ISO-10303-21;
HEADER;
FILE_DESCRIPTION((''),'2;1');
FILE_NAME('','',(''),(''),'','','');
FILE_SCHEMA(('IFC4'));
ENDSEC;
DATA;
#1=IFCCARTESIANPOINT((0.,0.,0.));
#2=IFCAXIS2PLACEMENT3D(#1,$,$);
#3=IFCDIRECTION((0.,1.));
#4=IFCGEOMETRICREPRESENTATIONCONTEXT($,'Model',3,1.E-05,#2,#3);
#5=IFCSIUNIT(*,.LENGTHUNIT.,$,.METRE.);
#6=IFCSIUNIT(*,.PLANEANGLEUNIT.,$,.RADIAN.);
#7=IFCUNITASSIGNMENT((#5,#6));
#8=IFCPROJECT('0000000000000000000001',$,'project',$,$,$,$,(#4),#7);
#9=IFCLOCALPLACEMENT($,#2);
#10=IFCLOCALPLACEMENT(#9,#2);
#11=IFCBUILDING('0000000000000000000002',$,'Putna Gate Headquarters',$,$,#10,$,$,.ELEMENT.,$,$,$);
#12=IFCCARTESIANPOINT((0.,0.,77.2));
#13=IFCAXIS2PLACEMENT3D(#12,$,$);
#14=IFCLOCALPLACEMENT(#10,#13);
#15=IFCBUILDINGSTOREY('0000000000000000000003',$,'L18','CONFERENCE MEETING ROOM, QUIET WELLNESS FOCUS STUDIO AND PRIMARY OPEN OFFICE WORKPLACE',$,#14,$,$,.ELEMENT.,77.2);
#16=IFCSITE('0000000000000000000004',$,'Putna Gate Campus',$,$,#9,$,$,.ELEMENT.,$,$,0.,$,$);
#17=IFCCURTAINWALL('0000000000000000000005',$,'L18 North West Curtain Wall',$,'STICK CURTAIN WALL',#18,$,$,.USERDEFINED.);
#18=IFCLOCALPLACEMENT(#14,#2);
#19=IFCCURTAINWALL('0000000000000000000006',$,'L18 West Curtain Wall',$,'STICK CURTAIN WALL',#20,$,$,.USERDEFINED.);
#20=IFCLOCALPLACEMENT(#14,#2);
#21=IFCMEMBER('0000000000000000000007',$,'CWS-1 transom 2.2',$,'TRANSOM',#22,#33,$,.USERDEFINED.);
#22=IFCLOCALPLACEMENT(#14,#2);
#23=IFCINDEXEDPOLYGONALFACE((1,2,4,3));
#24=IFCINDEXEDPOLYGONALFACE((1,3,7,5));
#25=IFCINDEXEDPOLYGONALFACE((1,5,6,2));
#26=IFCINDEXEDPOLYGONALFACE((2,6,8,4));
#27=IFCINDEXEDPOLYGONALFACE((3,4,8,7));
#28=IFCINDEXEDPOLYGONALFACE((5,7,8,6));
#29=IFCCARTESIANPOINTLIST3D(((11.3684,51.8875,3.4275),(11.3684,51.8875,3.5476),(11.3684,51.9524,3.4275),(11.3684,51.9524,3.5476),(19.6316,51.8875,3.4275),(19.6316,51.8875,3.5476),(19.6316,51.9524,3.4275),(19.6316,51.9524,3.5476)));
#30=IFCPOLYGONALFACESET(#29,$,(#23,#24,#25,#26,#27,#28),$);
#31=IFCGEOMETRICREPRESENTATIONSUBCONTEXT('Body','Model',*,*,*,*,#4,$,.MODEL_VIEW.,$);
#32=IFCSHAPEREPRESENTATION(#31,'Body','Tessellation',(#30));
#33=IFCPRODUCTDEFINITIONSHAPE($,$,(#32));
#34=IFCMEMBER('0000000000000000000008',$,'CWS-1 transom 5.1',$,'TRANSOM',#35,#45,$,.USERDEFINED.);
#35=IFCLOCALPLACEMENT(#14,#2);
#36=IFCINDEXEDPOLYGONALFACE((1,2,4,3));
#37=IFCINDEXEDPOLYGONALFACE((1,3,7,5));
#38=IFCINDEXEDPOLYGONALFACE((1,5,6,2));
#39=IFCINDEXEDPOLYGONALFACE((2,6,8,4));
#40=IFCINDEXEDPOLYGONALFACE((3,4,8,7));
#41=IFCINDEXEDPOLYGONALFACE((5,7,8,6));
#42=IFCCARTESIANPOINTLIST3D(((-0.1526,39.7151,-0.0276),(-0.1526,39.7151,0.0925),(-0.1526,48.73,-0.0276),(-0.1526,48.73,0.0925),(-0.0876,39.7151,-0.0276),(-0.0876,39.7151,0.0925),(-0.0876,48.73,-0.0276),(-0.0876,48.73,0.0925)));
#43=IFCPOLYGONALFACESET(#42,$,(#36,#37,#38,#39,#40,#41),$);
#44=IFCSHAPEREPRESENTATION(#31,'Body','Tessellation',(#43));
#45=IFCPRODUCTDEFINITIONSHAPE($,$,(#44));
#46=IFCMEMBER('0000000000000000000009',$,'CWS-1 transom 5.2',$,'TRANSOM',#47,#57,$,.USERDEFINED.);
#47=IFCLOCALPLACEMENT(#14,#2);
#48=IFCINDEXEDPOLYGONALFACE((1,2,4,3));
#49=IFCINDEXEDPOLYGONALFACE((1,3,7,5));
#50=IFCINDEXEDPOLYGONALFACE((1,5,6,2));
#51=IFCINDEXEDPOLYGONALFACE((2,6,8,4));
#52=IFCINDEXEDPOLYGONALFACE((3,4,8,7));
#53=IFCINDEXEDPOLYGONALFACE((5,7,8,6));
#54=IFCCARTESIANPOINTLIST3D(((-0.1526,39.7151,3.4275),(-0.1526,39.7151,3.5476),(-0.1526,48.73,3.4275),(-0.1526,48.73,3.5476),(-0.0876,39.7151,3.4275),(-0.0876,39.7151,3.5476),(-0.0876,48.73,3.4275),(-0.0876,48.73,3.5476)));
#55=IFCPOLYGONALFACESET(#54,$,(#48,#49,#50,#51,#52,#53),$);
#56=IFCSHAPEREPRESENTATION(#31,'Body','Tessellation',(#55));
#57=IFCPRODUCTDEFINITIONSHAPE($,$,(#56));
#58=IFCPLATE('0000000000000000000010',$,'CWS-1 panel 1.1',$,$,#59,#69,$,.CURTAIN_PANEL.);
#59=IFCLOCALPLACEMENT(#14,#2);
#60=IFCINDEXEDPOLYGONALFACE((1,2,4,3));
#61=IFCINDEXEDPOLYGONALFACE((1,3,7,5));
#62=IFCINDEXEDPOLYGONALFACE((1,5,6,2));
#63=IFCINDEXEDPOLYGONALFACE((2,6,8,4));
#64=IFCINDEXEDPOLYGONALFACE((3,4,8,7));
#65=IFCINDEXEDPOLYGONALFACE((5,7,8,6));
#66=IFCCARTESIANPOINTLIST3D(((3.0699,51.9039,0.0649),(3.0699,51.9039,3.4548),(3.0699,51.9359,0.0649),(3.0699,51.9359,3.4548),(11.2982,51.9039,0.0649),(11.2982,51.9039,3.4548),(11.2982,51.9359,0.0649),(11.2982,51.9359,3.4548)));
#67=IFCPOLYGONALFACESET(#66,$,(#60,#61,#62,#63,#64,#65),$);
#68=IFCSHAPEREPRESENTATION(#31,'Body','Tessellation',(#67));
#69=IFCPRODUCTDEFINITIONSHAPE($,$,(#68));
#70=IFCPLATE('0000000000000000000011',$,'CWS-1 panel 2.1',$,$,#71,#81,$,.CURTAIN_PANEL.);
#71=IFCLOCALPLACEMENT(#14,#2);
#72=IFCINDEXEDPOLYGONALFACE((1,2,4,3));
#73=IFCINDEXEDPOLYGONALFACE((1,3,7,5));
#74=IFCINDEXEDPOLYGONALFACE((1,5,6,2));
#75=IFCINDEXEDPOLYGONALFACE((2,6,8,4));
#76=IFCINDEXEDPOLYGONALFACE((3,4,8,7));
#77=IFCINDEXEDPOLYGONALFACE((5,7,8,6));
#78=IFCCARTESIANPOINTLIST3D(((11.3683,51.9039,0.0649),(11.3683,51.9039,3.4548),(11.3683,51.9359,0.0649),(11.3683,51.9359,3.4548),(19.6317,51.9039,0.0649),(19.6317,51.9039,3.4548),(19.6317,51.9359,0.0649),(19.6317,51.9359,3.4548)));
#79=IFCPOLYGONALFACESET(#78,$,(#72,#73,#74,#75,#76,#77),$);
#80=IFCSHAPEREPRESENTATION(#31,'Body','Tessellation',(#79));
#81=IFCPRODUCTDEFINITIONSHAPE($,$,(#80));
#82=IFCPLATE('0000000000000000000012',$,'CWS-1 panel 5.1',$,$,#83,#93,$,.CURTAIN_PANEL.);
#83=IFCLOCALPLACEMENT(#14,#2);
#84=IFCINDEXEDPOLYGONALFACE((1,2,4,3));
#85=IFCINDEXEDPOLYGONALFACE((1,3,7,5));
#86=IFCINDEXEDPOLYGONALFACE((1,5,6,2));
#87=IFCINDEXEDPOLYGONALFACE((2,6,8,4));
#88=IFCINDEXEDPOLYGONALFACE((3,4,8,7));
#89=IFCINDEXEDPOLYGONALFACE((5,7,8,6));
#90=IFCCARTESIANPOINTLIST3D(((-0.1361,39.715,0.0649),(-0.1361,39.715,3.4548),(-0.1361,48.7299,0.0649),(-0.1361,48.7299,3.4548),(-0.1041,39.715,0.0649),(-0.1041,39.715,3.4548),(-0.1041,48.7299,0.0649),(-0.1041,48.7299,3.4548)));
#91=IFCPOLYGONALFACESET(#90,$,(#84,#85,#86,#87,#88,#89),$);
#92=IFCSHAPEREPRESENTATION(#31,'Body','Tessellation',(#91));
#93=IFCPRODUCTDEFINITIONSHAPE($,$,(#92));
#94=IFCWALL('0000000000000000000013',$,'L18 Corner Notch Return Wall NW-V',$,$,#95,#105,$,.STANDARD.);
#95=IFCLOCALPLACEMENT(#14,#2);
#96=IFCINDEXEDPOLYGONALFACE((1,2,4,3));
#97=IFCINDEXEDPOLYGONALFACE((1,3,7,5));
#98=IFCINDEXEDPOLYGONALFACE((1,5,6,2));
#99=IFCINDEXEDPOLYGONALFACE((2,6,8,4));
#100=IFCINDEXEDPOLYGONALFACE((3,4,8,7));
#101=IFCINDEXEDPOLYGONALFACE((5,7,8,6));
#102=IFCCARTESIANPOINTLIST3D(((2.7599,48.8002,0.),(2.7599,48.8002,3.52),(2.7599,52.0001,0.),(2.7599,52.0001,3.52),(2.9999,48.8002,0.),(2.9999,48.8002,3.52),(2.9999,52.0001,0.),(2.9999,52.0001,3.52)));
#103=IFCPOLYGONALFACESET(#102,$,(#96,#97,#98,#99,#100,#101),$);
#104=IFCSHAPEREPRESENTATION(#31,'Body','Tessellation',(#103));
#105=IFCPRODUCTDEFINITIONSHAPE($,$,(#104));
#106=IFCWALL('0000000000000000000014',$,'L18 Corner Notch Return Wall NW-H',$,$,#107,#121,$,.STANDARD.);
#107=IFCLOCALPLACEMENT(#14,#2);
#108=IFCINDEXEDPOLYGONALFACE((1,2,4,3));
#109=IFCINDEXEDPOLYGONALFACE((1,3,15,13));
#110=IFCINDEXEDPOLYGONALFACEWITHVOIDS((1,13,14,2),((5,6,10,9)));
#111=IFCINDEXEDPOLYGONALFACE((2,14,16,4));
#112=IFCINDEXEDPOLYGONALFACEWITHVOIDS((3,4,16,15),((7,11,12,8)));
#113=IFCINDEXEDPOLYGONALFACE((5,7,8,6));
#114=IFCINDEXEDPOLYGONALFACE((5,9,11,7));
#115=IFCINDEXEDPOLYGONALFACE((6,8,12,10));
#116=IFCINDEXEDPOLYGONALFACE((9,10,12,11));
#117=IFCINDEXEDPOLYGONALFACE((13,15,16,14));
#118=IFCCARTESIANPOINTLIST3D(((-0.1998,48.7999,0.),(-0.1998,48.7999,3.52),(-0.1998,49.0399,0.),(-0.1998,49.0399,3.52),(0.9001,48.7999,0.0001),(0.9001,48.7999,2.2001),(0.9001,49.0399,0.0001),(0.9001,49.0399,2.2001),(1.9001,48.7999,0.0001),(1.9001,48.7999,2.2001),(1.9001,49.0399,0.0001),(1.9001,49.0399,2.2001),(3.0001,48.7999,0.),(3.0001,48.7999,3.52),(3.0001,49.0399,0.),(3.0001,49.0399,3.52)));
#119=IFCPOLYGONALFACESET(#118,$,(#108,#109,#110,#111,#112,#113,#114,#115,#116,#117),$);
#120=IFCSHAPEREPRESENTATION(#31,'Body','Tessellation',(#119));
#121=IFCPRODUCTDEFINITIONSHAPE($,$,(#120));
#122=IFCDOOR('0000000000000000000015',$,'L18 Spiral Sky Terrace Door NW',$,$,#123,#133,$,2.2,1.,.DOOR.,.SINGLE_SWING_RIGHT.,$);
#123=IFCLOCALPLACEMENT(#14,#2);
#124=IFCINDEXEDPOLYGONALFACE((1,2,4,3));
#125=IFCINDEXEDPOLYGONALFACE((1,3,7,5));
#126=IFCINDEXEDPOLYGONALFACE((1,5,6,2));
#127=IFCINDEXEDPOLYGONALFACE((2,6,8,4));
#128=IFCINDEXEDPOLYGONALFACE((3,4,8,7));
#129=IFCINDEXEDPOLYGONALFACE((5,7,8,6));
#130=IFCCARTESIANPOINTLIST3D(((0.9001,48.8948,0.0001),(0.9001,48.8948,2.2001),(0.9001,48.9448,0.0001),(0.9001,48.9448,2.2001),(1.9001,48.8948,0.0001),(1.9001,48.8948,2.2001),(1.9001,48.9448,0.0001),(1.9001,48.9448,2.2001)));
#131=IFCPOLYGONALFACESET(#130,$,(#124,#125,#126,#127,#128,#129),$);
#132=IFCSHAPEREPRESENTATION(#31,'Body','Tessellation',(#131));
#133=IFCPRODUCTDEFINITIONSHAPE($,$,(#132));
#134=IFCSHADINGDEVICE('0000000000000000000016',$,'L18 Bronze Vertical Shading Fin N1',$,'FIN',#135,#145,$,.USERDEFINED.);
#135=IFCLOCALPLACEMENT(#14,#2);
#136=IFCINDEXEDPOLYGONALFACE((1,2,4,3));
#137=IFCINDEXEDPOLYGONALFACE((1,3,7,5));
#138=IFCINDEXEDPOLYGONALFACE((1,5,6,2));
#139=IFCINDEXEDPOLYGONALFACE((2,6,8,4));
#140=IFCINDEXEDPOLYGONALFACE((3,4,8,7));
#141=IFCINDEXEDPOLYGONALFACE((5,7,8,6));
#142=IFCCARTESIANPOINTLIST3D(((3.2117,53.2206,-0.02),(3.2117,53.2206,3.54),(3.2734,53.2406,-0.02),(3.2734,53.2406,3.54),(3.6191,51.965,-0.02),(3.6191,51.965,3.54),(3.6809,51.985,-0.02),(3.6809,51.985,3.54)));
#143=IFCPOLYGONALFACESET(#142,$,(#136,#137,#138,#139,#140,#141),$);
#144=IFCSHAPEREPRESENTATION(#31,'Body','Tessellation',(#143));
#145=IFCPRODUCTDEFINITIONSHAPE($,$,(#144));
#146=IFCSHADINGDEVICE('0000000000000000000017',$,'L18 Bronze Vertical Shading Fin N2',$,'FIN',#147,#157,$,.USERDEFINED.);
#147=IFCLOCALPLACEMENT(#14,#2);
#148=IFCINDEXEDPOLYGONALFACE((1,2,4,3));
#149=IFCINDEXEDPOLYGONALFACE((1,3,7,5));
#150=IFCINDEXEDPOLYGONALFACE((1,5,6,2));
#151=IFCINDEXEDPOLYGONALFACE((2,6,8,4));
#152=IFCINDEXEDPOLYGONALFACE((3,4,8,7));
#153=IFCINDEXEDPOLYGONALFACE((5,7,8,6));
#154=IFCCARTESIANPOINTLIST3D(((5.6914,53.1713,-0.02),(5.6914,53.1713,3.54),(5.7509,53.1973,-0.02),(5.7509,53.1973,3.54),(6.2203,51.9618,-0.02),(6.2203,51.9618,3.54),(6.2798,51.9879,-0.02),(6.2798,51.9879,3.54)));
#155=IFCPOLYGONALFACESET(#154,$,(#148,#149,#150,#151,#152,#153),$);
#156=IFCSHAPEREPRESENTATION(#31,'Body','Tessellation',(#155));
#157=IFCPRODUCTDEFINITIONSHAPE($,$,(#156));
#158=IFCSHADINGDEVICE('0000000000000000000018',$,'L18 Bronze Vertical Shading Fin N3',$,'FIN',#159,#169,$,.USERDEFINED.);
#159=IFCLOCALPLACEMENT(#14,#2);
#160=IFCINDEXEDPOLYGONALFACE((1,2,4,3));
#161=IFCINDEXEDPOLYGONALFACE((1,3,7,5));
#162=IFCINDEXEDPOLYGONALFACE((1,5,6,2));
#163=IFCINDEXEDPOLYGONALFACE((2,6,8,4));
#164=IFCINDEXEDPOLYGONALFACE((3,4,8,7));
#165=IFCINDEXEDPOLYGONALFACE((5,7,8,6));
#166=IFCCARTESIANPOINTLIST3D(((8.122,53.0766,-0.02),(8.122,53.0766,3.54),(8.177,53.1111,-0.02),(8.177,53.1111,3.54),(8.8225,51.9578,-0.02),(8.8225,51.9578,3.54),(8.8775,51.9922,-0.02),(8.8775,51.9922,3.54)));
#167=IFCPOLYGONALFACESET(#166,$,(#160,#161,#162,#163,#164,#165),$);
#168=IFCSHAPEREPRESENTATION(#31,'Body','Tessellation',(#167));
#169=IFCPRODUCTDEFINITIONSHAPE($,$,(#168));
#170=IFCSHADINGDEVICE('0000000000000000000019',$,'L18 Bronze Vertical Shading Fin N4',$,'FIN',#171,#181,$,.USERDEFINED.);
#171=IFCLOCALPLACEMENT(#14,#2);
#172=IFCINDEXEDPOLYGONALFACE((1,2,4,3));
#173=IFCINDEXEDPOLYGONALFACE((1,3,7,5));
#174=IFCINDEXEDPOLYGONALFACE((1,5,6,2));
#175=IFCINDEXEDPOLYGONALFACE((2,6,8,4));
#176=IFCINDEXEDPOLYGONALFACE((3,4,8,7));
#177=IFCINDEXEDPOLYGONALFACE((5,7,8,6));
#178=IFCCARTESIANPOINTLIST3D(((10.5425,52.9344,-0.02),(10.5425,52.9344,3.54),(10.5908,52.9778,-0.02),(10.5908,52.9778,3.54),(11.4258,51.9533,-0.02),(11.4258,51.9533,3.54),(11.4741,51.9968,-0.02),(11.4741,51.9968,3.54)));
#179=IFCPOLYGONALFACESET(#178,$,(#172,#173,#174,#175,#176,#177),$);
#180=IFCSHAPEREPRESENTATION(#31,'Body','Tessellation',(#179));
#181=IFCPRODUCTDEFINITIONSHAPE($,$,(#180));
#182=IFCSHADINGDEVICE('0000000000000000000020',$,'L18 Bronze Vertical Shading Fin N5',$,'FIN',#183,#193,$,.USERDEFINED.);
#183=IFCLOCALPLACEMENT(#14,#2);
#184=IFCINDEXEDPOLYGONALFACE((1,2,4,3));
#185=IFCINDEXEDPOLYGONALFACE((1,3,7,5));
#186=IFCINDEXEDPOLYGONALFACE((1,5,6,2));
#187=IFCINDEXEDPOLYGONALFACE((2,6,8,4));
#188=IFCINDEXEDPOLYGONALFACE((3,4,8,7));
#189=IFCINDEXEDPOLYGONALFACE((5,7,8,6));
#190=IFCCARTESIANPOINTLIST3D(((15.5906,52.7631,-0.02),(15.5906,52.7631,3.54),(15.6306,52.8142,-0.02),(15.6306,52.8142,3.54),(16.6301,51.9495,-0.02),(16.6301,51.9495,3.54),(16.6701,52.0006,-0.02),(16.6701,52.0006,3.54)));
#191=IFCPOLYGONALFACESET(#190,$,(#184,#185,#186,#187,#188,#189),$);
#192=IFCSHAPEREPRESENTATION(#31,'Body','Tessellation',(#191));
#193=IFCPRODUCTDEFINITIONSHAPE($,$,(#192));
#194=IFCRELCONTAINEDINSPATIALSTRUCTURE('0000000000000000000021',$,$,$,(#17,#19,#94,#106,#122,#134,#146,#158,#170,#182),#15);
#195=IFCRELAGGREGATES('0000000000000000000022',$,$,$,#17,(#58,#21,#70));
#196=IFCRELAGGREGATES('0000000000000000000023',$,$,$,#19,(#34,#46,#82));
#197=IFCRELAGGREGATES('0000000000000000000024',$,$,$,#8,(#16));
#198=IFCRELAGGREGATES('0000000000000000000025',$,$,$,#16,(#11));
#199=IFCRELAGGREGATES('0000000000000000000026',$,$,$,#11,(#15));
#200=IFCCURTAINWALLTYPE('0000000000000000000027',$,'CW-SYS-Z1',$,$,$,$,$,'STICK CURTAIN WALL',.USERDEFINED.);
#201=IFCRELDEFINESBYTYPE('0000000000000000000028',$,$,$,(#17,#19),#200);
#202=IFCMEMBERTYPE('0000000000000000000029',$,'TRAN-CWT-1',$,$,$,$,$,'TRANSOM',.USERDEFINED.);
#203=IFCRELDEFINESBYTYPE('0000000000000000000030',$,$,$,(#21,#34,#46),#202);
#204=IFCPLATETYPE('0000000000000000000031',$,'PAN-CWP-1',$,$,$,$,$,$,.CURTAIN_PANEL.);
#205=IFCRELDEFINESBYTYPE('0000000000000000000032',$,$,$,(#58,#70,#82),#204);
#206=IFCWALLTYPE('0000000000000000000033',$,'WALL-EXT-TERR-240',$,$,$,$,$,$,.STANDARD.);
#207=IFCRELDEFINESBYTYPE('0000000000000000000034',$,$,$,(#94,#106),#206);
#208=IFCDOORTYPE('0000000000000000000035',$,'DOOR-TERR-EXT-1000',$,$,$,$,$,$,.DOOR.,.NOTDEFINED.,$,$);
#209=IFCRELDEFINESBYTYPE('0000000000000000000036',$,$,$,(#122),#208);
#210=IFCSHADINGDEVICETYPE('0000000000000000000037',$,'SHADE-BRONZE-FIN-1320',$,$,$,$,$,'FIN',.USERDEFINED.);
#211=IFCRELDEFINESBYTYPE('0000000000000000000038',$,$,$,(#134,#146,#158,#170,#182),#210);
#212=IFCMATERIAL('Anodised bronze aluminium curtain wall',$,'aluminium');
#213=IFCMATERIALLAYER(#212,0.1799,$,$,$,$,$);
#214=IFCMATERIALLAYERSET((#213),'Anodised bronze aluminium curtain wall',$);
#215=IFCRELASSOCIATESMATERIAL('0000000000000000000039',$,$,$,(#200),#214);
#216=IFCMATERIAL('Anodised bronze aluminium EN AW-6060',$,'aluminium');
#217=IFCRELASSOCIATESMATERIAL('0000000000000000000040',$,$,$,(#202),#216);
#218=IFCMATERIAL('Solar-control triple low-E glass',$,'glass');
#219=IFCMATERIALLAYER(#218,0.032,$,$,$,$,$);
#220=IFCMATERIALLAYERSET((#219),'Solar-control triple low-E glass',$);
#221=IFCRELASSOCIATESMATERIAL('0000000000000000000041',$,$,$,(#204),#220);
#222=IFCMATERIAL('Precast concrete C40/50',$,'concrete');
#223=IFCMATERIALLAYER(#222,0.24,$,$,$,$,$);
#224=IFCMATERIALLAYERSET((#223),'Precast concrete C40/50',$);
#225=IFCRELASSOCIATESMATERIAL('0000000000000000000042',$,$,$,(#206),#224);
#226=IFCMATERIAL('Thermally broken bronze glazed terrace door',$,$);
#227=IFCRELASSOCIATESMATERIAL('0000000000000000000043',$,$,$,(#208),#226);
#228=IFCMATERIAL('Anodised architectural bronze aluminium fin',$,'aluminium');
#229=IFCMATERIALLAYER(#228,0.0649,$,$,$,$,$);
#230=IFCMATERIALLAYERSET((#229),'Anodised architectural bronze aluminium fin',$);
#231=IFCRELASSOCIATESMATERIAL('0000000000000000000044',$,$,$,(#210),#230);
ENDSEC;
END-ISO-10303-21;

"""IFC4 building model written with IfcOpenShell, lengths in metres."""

from ifc_helpers import new_model, si_unit, direction, frame, frame_2d, origin, origin_2d, place, context, subcontext, project, spatial, rectangle, extrude, material, layer, layer_set, material_profile, profile_set, type_object, element, fill, aggregate, save


model = new_model("IFC4")

# Units and contexts
model_context = context("Model", 3, precision=1e-05, world=origin(), true_north=direction((0.0, 1.0)))
body_context = subcontext(model_context, "Body", "Model", "MODEL_VIEW")
ifc_project = project(units=[si_unit("LENGTHUNIT", "METRE"), si_unit("PLANEANGLEUNIT", "RADIAN")], contexts=[model_context])

# Site, building, storey
site_placement = place(None, origin())
site = spatial("IfcSite", under=ifc_project, at=site_placement, Name="Putna Gate Campus", CompositionType="ELEMENT", RefElevation=0.0)
building_placement = place(site_placement, origin())
building = spatial("IfcBuilding", under=site, at=building_placement, Name="Putna Gate Headquarters", CompositionType="ELEMENT")
storey_placement = place(building_placement, frame((0.0, 0.0, 77.2)))
storey = spatial("IfcBuildingStorey", under=building, at=storey_placement, Name="L18", Description="CONFERENCE MEETING ROOM, QUIET WELLNESS FOCUS STUDIO AND PRIMARY OPEN OFFICE WORKPLACE", CompositionType="ELEMENT", Elevation=77.2)

# Curtain wall
ifc_material_1 = material(Name="Anodised bronze aluminium curtain wall", Category="aluminium")
ifc_layer_1 = layer(ifc_material_1, 0.1799)
ifc_layer_set_1 = layer_set([ifc_layer_1], Name="Anodised bronze aluminium curtain wall")
curtain_wall_type = type_object("IfcCurtainWallType", Name="CW-SYS-Z1", ElementType="STICK CURTAIN WALL", PredefinedType="USERDEFINED", material=ifc_layer_set_1)
curtain_wall_1_placement = place(storey_placement, origin())
curtain_wall_1 = element("IfcCurtainWall", 1, at=curtain_wall_1_placement, inside=storey, type_object=curtain_wall_type, Name="L18 North West Curtain Wall", ObjectType="STICK CURTAIN WALL", PredefinedType="USERDEFINED")
ifc_material_2 = material(Name="Anodised bronze aluminium EN AW-6060", Category="aluminium")

# Curtain wall
curtain_wall_2_placement = place(storey_placement, origin())
curtain_wall_2 = element("IfcCurtainWall", 2, at=curtain_wall_2_placement, inside=storey, type_object=curtain_wall_type, Name="L18 West Curtain Wall", ObjectType="STICK CURTAIN WALL", PredefinedType="USERDEFINED")

# Members
ifc_material_profile_1 = material_profile(ifc_material_2, rectangle(XDim=0.0649, YDim=0.1201, at=origin_2d()), Name="Anodised bronze aluminium EN AW-6060")
ifc_profile_set_1 = profile_set([ifc_material_profile_1], Name="Anodised bronze aluminium EN AW-6060")
member_type_1 = type_object("IfcMemberType", Name="TRAN-CWT-1", ElementType="TRANSOM", PredefinedType="USERDEFINED", material=ifc_profile_set_1)
member_1_placement = place(storey_placement, frame((11.3684, 51.9199, 3.4875), z_axis=(1.0, 0.0, 0.0), x_axis=(0.0, 1.0, 0.0)))
member_1 = element("IfcMember", 3, at=member_1_placement, type_object=member_type_1, Name="CWS-1 transom 2.2", ObjectType="TRANSOM", PredefinedType="USERDEFINED", context=body_context, shape_type="SweptSolid", body=[
    extrude(rectangle(XDim=0.0649, YDim=0.1201, at=origin_2d()), origin(), (0.0, 0.0, 1.0), 8.2632),
])
member_2_placement = place(storey_placement, frame((-0.1201, 39.7151, 0.0325), z_axis=(0.0, 1.0, 0.0), x_axis=(-1.0, 0.0, 0.0)))
member_2 = element("IfcMember", 4, at=member_2_placement, type_object=member_type_1, Name="CWS-1 transom 5.1", ObjectType="TRANSOM", PredefinedType="USERDEFINED", context=body_context, shape_type="SweptSolid", body=[
    extrude(rectangle(XDim=0.0649, YDim=0.1201, at=origin_2d()), origin(), (0.0, 0.0, 1.0), 9.0149),
])
member_3_placement = place(storey_placement, frame((-0.1201, 39.7151, 3.4875), z_axis=(0.0, 1.0, 0.0), x_axis=(-1.0, 0.0, 0.0)))
member_3 = element("IfcMember", 5, at=member_3_placement, type_object=member_type_1, Name="CWS-1 transom 5.2", ObjectType="TRANSOM", PredefinedType="USERDEFINED", context=body_context, shape_type="SweptSolid", body=[
    extrude(rectangle(XDim=0.0649, YDim=0.1201, at=origin_2d()), origin(), (0.0, 0.0, 1.0), 9.0149),
])

# Plates
ifc_material_3 = material(Name="Solar-control triple low-E glass", Category="glass")
ifc_layer_2 = layer(ifc_material_3, 0.032)
ifc_layer_set_2 = layer_set([ifc_layer_2], Name="Solar-control triple low-E glass")
plate_type = type_object("IfcPlateType", Name="PAN-CWP-1", PredefinedType="CURTAIN_PANEL", material=ifc_layer_set_2)
plate_1_placement = place(storey_placement, frame((7.1841, 51.9199, 0.0649), z_axis=(0.0, 0.0, 1.0), x_axis=(1.0, 0.0, 0.0)))
plate_1 = element("IfcPlate", 6, at=plate_1_placement, type_object=plate_type, Name="CWS-1 panel 1.1", PredefinedType="CURTAIN_PANEL", context=body_context, shape_type="SweptSolid", body=[
    extrude(rectangle(XDim=8.2283, YDim=0.032, at=origin_2d()), origin(), (0.0, 0.0, 1.0), 3.3899),
])
plate_2_placement = place(storey_placement, frame((15.5, 51.9199, 0.0649), z_axis=(0.0, 0.0, 1.0), x_axis=(1.0, 0.0, 0.0)))
plate_2 = element("IfcPlate", 7, at=plate_2_placement, type_object=plate_type, Name="CWS-1 panel 2.1", PredefinedType="CURTAIN_PANEL", context=body_context, shape_type="SweptSolid", body=[
    extrude(rectangle(XDim=8.2634, YDim=0.032, at=origin_2d()), origin(), (0.0, 0.0, 1.0), 3.3899),
])
aggregate(curtain_wall_1, [plate_1, member_1, plate_2])
plate_3_placement = place(storey_placement, frame((-0.1201, 44.2224, 0.0649), z_axis=(0.0, 0.0, 1.0), x_axis=(0.0, 1.0, 0.0)))
plate_3 = element("IfcPlate", 8, at=plate_3_placement, type_object=plate_type, Name="CWS-1 panel 5.1", PredefinedType="CURTAIN_PANEL", context=body_context, shape_type="SweptSolid", body=[
    extrude(rectangle(XDim=9.0149, YDim=0.032, at=origin_2d()), origin(), (0.0, 0.0, 1.0), 3.3899),
])
aggregate(curtain_wall_2, [member_2, member_3, plate_3])

# Wall
ifc_material_4 = material(Name="Precast concrete C40/50", Category="concrete")
ifc_layer_3 = layer(ifc_material_4, 0.24)
ifc_layer_set_3 = layer_set([ifc_layer_3], Name="Precast concrete C40/50")
wall_type = type_object("IfcWallType", Name="WALL-EXT-TERR-240", PredefinedType="STANDARD", material=ifc_layer_set_3)
wall_1_placement = place(storey_placement, frame((2.8799, 48.8, 0.0), z_axis=(0.0, 0.0, 1.0), x_axis=(0.0, 1.0, 0.0)))
element("IfcWall", 9, at=wall_1_placement, inside=storey, type_object=wall_type, Name="L18 Corner Notch Return Wall NW-V", PredefinedType="STANDARD", context=body_context, shape_type="SweptSolid", body=[
    extrude(rectangle(XDim=3.2, YDim=0.24, at=frame_2d((1.6001, 0.0))), origin(), (0.0, 0.0, 1.0), 3.52),
])

# Wall, opening, door
wall_2_placement = place(storey_placement, frame((-0.2, 48.9199, 0.0), z_axis=(0.0, 0.0, 1.0), x_axis=(1.0, 0.0, 0.0)))
wall_2 = element("IfcWall", 10, at=wall_2_placement, inside=storey, type_object=wall_type, Name="L18 Corner Notch Return Wall NW-H", PredefinedType="STANDARD", context=body_context, shape_type="SweptSolid", body=[
    extrude(rectangle(XDim=3.2, YDim=0.24, at=frame_2d((1.6001, 0.0))), origin(), (0.0, 0.0, 1.0), 3.52),
])
opening_placement = place(wall_2_placement, frame((1.1001, 0.0, 0.0)))
opening = element("IfcOpeningElement", 11, at=opening_placement, cuts=wall_2, PredefinedType="OPENING", context=body_context, shape_type="SweptSolid", body=[
    extrude(rectangle(XDim=1.0, YDim=2.2, at=frame_2d((0.5, 1.1001))), frame((0.0, 0.1299, 0.0), z_axis=(0.0, -1.0, 0.0), x_axis=(1.0, 0.0, 0.0)), (0.0, 0.0, 1.0), 0.26),
])
ifc_material_5 = material(Name="Thermally broken bronze glazed terrace door")
door_type = type_object("IfcDoorType", Name="DOOR-TERR-EXT-1000", OperationType="NOTDEFINED", PredefinedType="DOOR", material=ifc_material_5)
door_placement = place(opening_placement, origin())
door = element("IfcDoor", 12, at=door_placement, inside=storey, type_object=door_type, Name="L18 Spiral Sky Terrace Door NW", OperationType="SINGLE_SWING_RIGHT", OverallHeight=2.2, OverallWidth=1.0, PredefinedType="DOOR", context=body_context, shape_type="SweptSolid", body=[
    extrude(rectangle(XDim=1.0, YDim=2.2, at=frame_2d((0.5, 1.1001))), frame((0.0, 0.0249, 0.0), z_axis=(0.0, -1.0, 0.0), x_axis=(1.0, 0.0, 0.0)), (0.0, 0.0, 1.0), 0.05),
])
fill(opening, door)

# Shading devices
ifc_material_6 = material(Name="Anodised architectural bronze aluminium fin", Category="aluminium")
ifc_layer_4 = layer(ifc_material_6, 0.0649)
ifc_layer_set_4 = layer_set([ifc_layer_4], Name="Anodised architectural bronze aluminium fin")
shading_device_type = type_object("IfcShadingDeviceType", Name="SHADE-BRONZE-FIN-1320", ElementType="FIN", PredefinedType="USERDEFINED", material=ifc_layer_set_4)
for number, where, z_axis, x_axis, name in (
    (13, (3.4463, 52.6028, -0.02), (0.0, 0.0, 1.0), (-0.308685, 0.951164, 0.0), "L18 Bronze Vertical Shading Fin N1"),
    (14, (5.9856, 52.5796, -0.02), (0.0, 0.0, 1.0), (-0.400669, 0.916223, 0.0), "L18 Bronze Vertical Shading Fin N2"),
    (15, (8.4998, 52.5344, -0.02), (0.0, 0.0, 1.0), (-0.530659, 0.847585, 0.0), "L18 Bronze Vertical Shading Fin N3"),
    (16, (11.0083, 52.4656, -0.02), (0.0, 0.0, 1.0), (-0.669131, 0.743145, 0.0), "L18 Bronze Vertical Shading Fin N4"),
    (17, (16.1304, 52.3818, -0.02), (0.0, 0.0, 1.0), (-0.787473, 0.616349, 0.0), "L18 Bronze Vertical Shading Fin N5"),
):
    element("IfcShadingDevice", number, at=place(storey_placement, frame(where, z_axis=z_axis, x_axis=x_axis)), inside=storey, type_object=shading_device_type, Name=name, ObjectType="FIN", PredefinedType="USERDEFINED", context=body_context, shape_type="SweptSolid", body=[
        extrude(rectangle(XDim=1.3201, YDim=0.0649, at=origin_2d()), origin(), (0.0, 0.0, 1.0), 3.5601),
    ])

save(model, "model.ifc")
